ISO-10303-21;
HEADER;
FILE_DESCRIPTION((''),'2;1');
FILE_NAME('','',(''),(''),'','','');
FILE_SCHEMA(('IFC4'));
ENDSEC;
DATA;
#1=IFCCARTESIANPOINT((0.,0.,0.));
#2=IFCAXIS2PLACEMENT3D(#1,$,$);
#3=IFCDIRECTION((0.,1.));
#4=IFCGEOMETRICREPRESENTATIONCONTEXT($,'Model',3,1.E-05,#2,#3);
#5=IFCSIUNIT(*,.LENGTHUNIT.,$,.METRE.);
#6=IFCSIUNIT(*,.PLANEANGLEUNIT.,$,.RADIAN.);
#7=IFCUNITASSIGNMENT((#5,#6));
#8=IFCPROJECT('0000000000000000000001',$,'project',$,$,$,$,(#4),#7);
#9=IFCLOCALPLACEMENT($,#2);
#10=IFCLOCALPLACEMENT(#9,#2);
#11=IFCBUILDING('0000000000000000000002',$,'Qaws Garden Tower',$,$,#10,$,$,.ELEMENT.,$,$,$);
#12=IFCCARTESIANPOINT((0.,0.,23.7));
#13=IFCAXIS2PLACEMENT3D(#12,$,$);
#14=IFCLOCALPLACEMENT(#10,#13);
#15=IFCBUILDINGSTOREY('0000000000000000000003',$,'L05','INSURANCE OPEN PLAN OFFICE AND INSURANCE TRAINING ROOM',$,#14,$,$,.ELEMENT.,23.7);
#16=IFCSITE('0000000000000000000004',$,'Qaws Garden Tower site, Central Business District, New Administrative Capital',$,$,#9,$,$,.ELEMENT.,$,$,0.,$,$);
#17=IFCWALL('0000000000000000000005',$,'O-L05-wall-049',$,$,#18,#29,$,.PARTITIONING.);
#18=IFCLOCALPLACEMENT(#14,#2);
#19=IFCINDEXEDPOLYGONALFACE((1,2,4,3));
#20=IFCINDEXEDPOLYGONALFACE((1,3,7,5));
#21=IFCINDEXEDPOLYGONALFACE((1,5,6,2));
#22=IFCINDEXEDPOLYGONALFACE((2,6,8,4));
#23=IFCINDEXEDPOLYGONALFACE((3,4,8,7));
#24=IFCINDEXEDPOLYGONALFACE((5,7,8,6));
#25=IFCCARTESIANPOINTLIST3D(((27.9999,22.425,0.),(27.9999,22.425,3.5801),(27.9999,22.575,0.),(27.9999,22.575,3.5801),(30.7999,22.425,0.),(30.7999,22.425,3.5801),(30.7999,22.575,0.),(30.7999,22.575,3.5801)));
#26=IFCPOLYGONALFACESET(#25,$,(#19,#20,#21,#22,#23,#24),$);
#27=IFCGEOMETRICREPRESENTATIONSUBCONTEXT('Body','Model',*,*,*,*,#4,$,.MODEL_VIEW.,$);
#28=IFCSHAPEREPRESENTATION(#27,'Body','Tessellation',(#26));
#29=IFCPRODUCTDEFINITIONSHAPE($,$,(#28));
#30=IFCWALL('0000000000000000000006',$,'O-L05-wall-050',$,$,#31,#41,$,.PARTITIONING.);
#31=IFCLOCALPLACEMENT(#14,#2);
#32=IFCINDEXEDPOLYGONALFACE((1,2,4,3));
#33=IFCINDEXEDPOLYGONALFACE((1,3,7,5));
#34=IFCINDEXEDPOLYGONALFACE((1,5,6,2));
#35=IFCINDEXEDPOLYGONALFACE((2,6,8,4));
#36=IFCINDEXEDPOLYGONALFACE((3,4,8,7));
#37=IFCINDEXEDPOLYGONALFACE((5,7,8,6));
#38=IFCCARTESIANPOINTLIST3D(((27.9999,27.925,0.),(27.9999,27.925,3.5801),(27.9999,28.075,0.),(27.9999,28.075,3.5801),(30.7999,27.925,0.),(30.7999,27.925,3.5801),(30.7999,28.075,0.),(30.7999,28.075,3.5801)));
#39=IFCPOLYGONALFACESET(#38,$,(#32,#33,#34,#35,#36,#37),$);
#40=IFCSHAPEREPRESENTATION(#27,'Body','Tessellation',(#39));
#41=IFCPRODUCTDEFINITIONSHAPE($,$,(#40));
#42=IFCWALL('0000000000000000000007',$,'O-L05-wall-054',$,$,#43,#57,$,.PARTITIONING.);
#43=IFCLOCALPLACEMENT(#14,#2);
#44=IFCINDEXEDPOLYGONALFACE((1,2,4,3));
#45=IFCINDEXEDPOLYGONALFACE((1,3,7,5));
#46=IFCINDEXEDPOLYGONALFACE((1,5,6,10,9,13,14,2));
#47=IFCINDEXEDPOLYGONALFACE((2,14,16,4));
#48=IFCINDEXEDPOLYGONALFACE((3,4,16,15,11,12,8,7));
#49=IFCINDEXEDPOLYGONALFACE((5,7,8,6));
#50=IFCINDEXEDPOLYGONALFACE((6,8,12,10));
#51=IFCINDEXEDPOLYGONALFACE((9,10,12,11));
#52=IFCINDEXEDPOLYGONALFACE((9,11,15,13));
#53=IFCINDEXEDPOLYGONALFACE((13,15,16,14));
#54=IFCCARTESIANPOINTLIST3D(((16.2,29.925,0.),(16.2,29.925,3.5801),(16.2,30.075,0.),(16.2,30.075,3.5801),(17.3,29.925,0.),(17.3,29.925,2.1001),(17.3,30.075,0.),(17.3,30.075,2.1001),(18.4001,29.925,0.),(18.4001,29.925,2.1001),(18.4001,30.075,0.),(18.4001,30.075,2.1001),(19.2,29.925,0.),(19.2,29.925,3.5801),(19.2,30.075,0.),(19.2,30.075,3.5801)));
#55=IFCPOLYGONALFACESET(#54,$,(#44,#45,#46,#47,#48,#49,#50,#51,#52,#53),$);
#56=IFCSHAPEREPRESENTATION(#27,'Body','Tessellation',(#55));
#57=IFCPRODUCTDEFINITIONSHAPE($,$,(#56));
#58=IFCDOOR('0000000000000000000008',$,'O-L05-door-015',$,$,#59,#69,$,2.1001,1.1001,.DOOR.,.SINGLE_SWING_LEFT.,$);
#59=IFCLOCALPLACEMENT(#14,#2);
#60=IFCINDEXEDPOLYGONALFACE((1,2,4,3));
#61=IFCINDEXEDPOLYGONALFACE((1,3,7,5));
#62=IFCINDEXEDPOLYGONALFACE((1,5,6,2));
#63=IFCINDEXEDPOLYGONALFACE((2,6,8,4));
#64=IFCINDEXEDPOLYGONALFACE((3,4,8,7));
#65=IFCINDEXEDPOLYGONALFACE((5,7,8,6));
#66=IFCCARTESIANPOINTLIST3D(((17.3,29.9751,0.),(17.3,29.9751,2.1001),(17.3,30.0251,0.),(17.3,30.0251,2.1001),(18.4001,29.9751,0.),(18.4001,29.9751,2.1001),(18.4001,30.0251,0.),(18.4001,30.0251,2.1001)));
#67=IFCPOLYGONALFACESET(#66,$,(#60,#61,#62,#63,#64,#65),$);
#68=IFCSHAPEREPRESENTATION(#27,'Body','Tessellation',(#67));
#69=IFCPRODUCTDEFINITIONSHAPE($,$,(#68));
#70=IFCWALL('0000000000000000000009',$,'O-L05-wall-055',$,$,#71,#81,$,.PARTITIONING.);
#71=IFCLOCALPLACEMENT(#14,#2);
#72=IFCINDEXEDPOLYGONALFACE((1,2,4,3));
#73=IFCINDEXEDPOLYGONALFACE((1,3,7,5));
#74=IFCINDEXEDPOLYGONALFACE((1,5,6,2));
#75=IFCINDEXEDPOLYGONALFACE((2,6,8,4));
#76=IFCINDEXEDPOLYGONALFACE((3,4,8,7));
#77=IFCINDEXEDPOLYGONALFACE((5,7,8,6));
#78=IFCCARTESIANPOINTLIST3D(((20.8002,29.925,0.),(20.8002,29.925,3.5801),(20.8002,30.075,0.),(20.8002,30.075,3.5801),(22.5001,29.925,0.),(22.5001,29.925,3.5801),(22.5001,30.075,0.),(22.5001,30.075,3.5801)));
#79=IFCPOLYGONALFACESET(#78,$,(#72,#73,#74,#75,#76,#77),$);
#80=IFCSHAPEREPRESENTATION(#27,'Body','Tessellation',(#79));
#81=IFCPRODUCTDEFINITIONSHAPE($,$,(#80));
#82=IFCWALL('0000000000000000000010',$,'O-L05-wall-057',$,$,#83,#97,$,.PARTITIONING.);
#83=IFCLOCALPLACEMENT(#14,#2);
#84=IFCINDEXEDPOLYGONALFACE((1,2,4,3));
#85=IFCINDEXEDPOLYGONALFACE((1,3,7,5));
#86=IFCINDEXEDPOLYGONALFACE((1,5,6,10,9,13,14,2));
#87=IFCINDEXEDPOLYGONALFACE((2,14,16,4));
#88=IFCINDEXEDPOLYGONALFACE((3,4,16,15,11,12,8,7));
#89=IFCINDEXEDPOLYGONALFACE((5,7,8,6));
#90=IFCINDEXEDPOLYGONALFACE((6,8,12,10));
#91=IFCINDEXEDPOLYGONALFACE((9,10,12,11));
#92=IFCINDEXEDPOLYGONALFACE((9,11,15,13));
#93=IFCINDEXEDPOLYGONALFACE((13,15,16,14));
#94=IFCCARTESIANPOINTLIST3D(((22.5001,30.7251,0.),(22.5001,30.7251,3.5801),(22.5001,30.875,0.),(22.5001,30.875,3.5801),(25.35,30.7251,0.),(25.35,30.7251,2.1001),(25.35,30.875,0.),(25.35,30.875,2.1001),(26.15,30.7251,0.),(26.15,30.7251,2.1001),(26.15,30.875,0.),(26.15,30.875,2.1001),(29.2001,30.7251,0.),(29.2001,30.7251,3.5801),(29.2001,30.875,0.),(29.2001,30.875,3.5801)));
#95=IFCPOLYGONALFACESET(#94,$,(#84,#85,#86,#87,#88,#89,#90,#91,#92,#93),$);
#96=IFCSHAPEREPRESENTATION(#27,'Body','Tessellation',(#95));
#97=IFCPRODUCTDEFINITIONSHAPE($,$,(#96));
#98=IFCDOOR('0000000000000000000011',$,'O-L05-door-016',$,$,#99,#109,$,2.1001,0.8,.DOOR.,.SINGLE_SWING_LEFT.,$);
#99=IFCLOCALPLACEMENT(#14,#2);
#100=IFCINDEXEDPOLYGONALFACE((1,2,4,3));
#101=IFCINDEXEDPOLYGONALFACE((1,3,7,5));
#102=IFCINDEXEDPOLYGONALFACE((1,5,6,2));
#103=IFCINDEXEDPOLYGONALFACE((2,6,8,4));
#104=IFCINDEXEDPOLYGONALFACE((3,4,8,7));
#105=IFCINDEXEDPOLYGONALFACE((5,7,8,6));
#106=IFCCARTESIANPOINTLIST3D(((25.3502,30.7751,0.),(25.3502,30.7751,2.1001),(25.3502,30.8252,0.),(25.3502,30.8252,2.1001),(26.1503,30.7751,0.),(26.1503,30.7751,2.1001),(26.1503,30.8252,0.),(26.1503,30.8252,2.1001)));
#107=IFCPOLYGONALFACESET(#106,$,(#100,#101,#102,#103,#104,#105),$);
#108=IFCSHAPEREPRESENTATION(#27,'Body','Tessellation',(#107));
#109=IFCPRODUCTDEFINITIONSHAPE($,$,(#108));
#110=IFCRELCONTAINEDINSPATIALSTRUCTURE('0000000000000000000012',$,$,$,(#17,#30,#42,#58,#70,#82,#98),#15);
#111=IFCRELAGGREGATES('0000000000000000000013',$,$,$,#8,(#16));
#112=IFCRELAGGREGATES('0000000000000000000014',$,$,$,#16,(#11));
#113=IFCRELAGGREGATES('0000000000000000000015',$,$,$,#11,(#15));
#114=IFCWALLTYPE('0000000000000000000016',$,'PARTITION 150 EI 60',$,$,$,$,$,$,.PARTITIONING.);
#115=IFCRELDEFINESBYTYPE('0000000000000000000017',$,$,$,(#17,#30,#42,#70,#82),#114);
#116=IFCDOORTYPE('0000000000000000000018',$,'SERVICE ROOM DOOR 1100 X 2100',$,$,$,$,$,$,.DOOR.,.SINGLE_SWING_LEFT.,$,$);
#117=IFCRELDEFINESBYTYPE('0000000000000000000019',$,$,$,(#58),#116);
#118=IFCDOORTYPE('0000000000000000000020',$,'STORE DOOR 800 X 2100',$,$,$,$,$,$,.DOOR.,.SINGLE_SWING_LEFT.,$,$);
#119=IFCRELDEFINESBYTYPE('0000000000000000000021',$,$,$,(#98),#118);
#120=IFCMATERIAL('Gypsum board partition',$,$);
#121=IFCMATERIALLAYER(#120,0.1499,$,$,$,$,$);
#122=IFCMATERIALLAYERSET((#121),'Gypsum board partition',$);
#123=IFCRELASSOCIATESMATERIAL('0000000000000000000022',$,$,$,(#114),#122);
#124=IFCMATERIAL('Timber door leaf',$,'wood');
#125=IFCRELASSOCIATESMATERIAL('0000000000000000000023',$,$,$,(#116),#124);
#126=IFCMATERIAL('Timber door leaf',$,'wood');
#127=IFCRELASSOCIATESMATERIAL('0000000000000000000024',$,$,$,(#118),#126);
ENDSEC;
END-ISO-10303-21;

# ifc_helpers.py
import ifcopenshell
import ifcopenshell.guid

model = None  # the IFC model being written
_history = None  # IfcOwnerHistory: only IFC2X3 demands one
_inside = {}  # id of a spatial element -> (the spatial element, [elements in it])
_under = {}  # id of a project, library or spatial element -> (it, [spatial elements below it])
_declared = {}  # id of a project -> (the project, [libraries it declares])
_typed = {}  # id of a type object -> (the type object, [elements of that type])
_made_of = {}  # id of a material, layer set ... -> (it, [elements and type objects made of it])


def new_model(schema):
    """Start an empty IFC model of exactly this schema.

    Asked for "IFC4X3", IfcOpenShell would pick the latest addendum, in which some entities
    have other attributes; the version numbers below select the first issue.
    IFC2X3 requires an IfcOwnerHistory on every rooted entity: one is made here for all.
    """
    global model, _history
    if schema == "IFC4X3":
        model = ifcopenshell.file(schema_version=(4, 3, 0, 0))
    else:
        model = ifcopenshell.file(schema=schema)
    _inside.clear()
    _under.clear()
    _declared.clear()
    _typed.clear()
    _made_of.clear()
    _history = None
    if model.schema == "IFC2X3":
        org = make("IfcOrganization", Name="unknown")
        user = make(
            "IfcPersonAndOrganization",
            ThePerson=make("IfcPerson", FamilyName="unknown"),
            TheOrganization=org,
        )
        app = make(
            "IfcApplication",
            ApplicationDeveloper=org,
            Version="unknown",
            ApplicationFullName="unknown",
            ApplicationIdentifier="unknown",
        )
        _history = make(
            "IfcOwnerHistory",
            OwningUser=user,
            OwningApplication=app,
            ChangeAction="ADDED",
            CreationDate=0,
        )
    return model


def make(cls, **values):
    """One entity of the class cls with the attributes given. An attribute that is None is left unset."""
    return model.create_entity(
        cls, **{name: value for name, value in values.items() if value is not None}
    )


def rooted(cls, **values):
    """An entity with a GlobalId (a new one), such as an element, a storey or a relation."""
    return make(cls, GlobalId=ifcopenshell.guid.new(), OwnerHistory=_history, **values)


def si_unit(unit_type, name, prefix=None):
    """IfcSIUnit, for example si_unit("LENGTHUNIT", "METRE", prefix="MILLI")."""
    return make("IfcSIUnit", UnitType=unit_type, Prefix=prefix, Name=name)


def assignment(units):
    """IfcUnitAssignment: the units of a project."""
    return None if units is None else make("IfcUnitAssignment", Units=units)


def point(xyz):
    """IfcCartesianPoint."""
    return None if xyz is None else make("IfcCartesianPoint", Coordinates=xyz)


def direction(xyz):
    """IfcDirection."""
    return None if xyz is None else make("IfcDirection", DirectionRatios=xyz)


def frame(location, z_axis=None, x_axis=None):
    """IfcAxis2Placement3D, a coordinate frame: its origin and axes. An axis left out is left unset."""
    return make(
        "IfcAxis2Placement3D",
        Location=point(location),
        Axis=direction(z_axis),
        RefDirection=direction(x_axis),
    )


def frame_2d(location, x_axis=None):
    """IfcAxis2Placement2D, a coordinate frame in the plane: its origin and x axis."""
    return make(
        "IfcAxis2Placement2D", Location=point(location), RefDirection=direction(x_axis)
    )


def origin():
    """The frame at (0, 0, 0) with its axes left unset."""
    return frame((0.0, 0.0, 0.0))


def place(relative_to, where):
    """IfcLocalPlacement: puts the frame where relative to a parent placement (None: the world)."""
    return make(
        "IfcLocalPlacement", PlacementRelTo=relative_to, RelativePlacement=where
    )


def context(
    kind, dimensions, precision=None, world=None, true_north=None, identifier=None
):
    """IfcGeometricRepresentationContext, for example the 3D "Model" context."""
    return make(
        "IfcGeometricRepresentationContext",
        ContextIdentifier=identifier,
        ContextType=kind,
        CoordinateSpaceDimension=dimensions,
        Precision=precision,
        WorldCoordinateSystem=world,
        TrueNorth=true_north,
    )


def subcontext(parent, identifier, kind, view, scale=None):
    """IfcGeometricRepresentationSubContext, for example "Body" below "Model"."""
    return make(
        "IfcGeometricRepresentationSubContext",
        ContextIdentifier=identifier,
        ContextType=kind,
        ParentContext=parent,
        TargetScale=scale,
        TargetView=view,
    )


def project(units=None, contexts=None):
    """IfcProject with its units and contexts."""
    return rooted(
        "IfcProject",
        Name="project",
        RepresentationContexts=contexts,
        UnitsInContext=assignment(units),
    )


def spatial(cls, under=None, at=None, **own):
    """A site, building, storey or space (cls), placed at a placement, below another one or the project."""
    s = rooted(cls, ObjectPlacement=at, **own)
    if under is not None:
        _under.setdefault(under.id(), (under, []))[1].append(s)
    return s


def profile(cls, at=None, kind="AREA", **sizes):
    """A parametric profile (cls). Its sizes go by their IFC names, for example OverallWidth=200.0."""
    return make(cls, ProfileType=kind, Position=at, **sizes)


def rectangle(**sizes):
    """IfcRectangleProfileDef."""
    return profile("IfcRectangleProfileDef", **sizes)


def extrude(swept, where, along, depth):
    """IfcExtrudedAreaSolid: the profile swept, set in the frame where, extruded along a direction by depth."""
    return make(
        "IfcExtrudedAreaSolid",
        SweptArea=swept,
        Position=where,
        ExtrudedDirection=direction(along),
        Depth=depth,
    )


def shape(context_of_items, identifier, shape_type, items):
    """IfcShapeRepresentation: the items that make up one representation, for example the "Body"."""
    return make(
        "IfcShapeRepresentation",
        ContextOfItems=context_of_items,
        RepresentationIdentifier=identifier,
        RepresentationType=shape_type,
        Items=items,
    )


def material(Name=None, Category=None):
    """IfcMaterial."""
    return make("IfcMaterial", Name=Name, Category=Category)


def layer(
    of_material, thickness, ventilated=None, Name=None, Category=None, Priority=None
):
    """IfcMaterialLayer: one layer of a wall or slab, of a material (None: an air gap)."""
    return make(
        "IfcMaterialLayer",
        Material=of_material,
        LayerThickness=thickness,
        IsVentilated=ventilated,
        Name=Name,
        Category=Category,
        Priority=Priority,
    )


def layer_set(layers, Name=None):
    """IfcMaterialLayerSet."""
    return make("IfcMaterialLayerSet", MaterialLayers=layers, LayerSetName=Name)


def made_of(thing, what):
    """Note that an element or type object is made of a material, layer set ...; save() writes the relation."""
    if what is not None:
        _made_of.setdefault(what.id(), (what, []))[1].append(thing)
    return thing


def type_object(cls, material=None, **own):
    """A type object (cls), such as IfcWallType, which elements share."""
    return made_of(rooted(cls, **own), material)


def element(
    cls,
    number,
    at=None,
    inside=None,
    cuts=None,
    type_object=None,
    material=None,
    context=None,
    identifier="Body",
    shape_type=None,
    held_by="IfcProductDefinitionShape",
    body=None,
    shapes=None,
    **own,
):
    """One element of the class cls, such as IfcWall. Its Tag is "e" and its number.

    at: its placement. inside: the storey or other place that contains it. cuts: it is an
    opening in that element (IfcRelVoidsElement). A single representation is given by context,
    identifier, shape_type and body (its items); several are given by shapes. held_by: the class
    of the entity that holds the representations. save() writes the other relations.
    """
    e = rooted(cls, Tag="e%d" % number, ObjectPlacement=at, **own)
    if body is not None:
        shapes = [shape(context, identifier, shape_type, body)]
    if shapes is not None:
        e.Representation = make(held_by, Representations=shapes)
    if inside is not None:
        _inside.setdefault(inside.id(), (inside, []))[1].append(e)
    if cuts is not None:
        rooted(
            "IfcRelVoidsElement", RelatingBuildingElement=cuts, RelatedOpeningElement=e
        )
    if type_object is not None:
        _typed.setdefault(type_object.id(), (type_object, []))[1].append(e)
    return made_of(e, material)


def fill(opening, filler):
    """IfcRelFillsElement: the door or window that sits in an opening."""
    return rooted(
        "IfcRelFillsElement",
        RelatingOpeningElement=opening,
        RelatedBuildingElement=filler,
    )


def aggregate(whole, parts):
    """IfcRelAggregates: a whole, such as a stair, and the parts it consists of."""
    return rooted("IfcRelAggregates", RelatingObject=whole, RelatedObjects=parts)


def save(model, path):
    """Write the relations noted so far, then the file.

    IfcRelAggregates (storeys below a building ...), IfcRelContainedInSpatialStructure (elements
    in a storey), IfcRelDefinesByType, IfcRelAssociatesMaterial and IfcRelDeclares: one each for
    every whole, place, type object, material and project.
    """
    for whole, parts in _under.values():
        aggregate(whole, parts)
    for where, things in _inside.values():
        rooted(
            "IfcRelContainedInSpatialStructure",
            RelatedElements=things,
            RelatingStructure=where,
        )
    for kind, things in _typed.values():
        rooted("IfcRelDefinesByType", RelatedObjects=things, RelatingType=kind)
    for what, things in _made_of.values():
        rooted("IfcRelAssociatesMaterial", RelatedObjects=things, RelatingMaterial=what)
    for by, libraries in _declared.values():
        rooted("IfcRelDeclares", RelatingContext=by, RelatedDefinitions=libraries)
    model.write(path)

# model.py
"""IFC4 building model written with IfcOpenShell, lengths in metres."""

from ifc_helpers import new_model, si_unit, direction, frame, frame_2d, origin, place, context, subcontext, project, spatial, rectangle, extrude, material, layer, layer_set, type_object, element, fill, save


model = new_model("IFC4")

# Units and contexts
model_context = context("Model", 3, precision=1e-05, world=origin(), true_north=direction((0.0, 1.0)))
body_context = subcontext(model_context, "Body", "Model", "MODEL_VIEW")
ifc_project = project(units=[si_unit("LENGTHUNIT", "METRE"), si_unit("PLANEANGLEUNIT", "RADIAN")], contexts=[model_context])

# Site, building, storey
site_placement = place(None, origin())
site = spatial("IfcSite", under=ifc_project, at=site_placement, Name="Qaws Garden Tower site, Central Business District, New Administrative Capital", CompositionType="ELEMENT", RefElevation=0.0)
building_placement = place(site_placement, origin())
building = spatial("IfcBuilding", under=site, at=building_placement, Name="Qaws Garden Tower", CompositionType="ELEMENT")
storey_placement = place(building_placement, frame((0.0, 0.0, 23.7)))
storey = spatial("IfcBuildingStorey", under=building, at=storey_placement, Name="L05", Description="INSURANCE OPEN PLAN OFFICE AND INSURANCE TRAINING ROOM", CompositionType="ELEMENT", Elevation=23.7)

# Shared definitions
ifc_material_1 = material(Name="Gypsum board partition")
ifc_layer_1 = layer(ifc_material_1, 0.1499)
ifc_layer_set_1 = layer_set([ifc_layer_1], Name="Gypsum board partition")
wall_type_1 = type_object("IfcWallType", Name="PARTITION 150 EI 60", PredefinedType="PARTITIONING", material=ifc_layer_set_1)

# Shared definitions
ifc_material_2 = material(Name="Timber door leaf", Category="wood")
door_type_1 = type_object("IfcDoorType", Name="SERVICE ROOM DOOR 1100 X 2100", OperationType="SINGLE_SWING_LEFT", PredefinedType="DOOR", material=ifc_material_2)

# Walls
for number, where, z_axis, x_axis, name in (
    (1, (28.0, 22.5, 0.0), (0.0, 0.0, 1.0), (1.0, 0.0, 0.0), "O-L05-wall-049"),
    (2, (28.0, 28.0, 0.0), (0.0, 0.0, 1.0), (1.0, 0.0, 0.0), "O-L05-wall-050"),
):
    element("IfcWall", number, at=place(storey_placement, frame(where, z_axis=z_axis, x_axis=x_axis)), inside=storey, type_object=wall_type_1, Name=name, PredefinedType="PARTITIONING", context=body_context, shape_type="SweptSolid", body=[
        extrude(rectangle(XDim=2.8, YDim=0.1499, at=frame_2d((1.3999, 0.0))), origin(), (0.0, 0.0, 1.0), 3.5801),
    ])

# Wall, opening, door
wall_1_placement = place(storey_placement, frame((16.2, 30.0, 0.0), z_axis=(0.0, 0.0, 1.0), x_axis=(1.0, 0.0, 0.0)))
wall_1 = element("IfcWall", 3, at=wall_1_placement, inside=storey, type_object=wall_type_1, Name="O-L05-wall-054", PredefinedType="PARTITIONING", context=body_context, shape_type="SweptSolid", body=[
    extrude(rectangle(XDim=3.0, YDim=0.1499, at=frame_2d((1.5, 0.0))), origin(), (0.0, 0.0, 1.0), 3.5801),
])
opening_1_placement = place(wall_1_placement, frame((1.1001, 0.0, 0.0)))
opening_1 = element("IfcOpeningElement", 4, at=opening_1_placement, cuts=wall_1, PredefinedType="OPENING", context=body_context, shape_type="SweptSolid", body=[
    extrude(rectangle(XDim=1.1001, YDim=2.1001, at=frame_2d((0.55, 1.05))), frame((0.0, 0.085, 0.0), z_axis=(0.0, -1.0, 0.0), x_axis=(1.0, 0.0, 0.0)), (0.0, 0.0, 1.0), 0.1699),
])
door_1_placement = place(opening_1_placement, frame((1.1001, 0.0, 0.0), z_axis=(0.0, 0.0, 1.0), x_axis=(-1.0, 0.0, 0.0)))
door_1 = element("IfcDoor", 5, at=door_1_placement, inside=storey, type_object=door_type_1, Name="O-L05-door-015", OperationType="SINGLE_SWING_LEFT", OverallHeight=2.1001, OverallWidth=1.1001, PredefinedType="DOOR", context=body_context, shape_type="SweptSolid", body=[
    extrude(rectangle(XDim=1.1001, YDim=2.1001, at=frame_2d((0.55, 1.05))), frame((0.0, 0.0249, 0.0), z_axis=(0.0, -1.0, 0.0), x_axis=(1.0, 0.0, 0.0)), (0.0, 0.0, 1.0), 0.05),
])
fill(opening_1, door_1)

# Wall
wall_2_placement = place(storey_placement, frame((20.8, 30.0, 0.0), z_axis=(0.0, 0.0, 1.0), x_axis=(1.0, 0.0, 0.0)))
element("IfcWall", 6, at=wall_2_placement, inside=storey, type_object=wall_type_1, Name="O-L05-wall-055", PredefinedType="PARTITIONING", context=body_context, shape_type="SweptSolid", body=[
    extrude(rectangle(XDim=1.7, YDim=0.1499, at=frame_2d((0.8501, 0.0))), origin(), (0.0, 0.0, 1.0), 3.5801),
])

# Wall, opening, door
wall_3_placement = place(storey_placement, frame((22.5, 30.8, 0.0), z_axis=(0.0, 0.0, 1.0), x_axis=(1.0, 0.0, 0.0)))
wall_3 = element("IfcWall", 7, at=wall_3_placement, inside=storey, type_object=wall_type_1, Name="O-L05-wall-057", PredefinedType="PARTITIONING", context=body_context, shape_type="SweptSolid", body=[
    extrude(rectangle(XDim=6.7, YDim=0.1499, at=frame_2d((3.3501, 0.0))), origin(), (0.0, 0.0, 1.0), 3.5801),
])
opening_2_placement = place(wall_3_placement, frame((2.8501, 0.0, 0.0)))
opening_2 = element("IfcOpeningElement", 8, at=opening_2_placement, cuts=wall_3, PredefinedType="OPENING", context=body_context, shape_type="SweptSolid", body=[
    extrude(rectangle(XDim=0.8, YDim=2.1001, at=frame_2d((0.3999, 1.05))), frame((0.0, 0.085, 0.0), z_axis=(0.0, -1.0, 0.0), x_axis=(1.0, 0.0, 0.0)), (0.0, 0.0, 1.0), 0.1699),
])
ifc_material_3 = material(Name="Timber door leaf", Category="wood")
door_type_2 = type_object("IfcDoorType", Name="STORE DOOR 800 X 2100", OperationType="SINGLE_SWING_LEFT", PredefinedType="DOOR", material=ifc_material_3)
door_2_placement = place(opening_2_placement, frame((0.8, 0.0, 0.0), z_axis=(0.0, 0.0, 1.0), x_axis=(-1.0, 0.0, 0.0)))
door_2 = element("IfcDoor", 9, at=door_2_placement, inside=storey, type_object=door_type_2, Name="O-L05-door-016", OperationType="SINGLE_SWING_LEFT", OverallHeight=2.1001, OverallWidth=0.8, PredefinedType="DOOR", context=body_context, shape_type="SweptSolid", body=[
    extrude(rectangle(XDim=0.8, YDim=2.1001, at=frame_2d((0.3999, 1.05))), frame((0.0, 0.0249, 0.0), z_axis=(0.0, -1.0, 0.0), x_axis=(1.0, 0.0, 0.0)), (0.0, 0.0, 1.0), 0.05),
])
fill(opening_2, door_2)

save(model, "model.ifc")
